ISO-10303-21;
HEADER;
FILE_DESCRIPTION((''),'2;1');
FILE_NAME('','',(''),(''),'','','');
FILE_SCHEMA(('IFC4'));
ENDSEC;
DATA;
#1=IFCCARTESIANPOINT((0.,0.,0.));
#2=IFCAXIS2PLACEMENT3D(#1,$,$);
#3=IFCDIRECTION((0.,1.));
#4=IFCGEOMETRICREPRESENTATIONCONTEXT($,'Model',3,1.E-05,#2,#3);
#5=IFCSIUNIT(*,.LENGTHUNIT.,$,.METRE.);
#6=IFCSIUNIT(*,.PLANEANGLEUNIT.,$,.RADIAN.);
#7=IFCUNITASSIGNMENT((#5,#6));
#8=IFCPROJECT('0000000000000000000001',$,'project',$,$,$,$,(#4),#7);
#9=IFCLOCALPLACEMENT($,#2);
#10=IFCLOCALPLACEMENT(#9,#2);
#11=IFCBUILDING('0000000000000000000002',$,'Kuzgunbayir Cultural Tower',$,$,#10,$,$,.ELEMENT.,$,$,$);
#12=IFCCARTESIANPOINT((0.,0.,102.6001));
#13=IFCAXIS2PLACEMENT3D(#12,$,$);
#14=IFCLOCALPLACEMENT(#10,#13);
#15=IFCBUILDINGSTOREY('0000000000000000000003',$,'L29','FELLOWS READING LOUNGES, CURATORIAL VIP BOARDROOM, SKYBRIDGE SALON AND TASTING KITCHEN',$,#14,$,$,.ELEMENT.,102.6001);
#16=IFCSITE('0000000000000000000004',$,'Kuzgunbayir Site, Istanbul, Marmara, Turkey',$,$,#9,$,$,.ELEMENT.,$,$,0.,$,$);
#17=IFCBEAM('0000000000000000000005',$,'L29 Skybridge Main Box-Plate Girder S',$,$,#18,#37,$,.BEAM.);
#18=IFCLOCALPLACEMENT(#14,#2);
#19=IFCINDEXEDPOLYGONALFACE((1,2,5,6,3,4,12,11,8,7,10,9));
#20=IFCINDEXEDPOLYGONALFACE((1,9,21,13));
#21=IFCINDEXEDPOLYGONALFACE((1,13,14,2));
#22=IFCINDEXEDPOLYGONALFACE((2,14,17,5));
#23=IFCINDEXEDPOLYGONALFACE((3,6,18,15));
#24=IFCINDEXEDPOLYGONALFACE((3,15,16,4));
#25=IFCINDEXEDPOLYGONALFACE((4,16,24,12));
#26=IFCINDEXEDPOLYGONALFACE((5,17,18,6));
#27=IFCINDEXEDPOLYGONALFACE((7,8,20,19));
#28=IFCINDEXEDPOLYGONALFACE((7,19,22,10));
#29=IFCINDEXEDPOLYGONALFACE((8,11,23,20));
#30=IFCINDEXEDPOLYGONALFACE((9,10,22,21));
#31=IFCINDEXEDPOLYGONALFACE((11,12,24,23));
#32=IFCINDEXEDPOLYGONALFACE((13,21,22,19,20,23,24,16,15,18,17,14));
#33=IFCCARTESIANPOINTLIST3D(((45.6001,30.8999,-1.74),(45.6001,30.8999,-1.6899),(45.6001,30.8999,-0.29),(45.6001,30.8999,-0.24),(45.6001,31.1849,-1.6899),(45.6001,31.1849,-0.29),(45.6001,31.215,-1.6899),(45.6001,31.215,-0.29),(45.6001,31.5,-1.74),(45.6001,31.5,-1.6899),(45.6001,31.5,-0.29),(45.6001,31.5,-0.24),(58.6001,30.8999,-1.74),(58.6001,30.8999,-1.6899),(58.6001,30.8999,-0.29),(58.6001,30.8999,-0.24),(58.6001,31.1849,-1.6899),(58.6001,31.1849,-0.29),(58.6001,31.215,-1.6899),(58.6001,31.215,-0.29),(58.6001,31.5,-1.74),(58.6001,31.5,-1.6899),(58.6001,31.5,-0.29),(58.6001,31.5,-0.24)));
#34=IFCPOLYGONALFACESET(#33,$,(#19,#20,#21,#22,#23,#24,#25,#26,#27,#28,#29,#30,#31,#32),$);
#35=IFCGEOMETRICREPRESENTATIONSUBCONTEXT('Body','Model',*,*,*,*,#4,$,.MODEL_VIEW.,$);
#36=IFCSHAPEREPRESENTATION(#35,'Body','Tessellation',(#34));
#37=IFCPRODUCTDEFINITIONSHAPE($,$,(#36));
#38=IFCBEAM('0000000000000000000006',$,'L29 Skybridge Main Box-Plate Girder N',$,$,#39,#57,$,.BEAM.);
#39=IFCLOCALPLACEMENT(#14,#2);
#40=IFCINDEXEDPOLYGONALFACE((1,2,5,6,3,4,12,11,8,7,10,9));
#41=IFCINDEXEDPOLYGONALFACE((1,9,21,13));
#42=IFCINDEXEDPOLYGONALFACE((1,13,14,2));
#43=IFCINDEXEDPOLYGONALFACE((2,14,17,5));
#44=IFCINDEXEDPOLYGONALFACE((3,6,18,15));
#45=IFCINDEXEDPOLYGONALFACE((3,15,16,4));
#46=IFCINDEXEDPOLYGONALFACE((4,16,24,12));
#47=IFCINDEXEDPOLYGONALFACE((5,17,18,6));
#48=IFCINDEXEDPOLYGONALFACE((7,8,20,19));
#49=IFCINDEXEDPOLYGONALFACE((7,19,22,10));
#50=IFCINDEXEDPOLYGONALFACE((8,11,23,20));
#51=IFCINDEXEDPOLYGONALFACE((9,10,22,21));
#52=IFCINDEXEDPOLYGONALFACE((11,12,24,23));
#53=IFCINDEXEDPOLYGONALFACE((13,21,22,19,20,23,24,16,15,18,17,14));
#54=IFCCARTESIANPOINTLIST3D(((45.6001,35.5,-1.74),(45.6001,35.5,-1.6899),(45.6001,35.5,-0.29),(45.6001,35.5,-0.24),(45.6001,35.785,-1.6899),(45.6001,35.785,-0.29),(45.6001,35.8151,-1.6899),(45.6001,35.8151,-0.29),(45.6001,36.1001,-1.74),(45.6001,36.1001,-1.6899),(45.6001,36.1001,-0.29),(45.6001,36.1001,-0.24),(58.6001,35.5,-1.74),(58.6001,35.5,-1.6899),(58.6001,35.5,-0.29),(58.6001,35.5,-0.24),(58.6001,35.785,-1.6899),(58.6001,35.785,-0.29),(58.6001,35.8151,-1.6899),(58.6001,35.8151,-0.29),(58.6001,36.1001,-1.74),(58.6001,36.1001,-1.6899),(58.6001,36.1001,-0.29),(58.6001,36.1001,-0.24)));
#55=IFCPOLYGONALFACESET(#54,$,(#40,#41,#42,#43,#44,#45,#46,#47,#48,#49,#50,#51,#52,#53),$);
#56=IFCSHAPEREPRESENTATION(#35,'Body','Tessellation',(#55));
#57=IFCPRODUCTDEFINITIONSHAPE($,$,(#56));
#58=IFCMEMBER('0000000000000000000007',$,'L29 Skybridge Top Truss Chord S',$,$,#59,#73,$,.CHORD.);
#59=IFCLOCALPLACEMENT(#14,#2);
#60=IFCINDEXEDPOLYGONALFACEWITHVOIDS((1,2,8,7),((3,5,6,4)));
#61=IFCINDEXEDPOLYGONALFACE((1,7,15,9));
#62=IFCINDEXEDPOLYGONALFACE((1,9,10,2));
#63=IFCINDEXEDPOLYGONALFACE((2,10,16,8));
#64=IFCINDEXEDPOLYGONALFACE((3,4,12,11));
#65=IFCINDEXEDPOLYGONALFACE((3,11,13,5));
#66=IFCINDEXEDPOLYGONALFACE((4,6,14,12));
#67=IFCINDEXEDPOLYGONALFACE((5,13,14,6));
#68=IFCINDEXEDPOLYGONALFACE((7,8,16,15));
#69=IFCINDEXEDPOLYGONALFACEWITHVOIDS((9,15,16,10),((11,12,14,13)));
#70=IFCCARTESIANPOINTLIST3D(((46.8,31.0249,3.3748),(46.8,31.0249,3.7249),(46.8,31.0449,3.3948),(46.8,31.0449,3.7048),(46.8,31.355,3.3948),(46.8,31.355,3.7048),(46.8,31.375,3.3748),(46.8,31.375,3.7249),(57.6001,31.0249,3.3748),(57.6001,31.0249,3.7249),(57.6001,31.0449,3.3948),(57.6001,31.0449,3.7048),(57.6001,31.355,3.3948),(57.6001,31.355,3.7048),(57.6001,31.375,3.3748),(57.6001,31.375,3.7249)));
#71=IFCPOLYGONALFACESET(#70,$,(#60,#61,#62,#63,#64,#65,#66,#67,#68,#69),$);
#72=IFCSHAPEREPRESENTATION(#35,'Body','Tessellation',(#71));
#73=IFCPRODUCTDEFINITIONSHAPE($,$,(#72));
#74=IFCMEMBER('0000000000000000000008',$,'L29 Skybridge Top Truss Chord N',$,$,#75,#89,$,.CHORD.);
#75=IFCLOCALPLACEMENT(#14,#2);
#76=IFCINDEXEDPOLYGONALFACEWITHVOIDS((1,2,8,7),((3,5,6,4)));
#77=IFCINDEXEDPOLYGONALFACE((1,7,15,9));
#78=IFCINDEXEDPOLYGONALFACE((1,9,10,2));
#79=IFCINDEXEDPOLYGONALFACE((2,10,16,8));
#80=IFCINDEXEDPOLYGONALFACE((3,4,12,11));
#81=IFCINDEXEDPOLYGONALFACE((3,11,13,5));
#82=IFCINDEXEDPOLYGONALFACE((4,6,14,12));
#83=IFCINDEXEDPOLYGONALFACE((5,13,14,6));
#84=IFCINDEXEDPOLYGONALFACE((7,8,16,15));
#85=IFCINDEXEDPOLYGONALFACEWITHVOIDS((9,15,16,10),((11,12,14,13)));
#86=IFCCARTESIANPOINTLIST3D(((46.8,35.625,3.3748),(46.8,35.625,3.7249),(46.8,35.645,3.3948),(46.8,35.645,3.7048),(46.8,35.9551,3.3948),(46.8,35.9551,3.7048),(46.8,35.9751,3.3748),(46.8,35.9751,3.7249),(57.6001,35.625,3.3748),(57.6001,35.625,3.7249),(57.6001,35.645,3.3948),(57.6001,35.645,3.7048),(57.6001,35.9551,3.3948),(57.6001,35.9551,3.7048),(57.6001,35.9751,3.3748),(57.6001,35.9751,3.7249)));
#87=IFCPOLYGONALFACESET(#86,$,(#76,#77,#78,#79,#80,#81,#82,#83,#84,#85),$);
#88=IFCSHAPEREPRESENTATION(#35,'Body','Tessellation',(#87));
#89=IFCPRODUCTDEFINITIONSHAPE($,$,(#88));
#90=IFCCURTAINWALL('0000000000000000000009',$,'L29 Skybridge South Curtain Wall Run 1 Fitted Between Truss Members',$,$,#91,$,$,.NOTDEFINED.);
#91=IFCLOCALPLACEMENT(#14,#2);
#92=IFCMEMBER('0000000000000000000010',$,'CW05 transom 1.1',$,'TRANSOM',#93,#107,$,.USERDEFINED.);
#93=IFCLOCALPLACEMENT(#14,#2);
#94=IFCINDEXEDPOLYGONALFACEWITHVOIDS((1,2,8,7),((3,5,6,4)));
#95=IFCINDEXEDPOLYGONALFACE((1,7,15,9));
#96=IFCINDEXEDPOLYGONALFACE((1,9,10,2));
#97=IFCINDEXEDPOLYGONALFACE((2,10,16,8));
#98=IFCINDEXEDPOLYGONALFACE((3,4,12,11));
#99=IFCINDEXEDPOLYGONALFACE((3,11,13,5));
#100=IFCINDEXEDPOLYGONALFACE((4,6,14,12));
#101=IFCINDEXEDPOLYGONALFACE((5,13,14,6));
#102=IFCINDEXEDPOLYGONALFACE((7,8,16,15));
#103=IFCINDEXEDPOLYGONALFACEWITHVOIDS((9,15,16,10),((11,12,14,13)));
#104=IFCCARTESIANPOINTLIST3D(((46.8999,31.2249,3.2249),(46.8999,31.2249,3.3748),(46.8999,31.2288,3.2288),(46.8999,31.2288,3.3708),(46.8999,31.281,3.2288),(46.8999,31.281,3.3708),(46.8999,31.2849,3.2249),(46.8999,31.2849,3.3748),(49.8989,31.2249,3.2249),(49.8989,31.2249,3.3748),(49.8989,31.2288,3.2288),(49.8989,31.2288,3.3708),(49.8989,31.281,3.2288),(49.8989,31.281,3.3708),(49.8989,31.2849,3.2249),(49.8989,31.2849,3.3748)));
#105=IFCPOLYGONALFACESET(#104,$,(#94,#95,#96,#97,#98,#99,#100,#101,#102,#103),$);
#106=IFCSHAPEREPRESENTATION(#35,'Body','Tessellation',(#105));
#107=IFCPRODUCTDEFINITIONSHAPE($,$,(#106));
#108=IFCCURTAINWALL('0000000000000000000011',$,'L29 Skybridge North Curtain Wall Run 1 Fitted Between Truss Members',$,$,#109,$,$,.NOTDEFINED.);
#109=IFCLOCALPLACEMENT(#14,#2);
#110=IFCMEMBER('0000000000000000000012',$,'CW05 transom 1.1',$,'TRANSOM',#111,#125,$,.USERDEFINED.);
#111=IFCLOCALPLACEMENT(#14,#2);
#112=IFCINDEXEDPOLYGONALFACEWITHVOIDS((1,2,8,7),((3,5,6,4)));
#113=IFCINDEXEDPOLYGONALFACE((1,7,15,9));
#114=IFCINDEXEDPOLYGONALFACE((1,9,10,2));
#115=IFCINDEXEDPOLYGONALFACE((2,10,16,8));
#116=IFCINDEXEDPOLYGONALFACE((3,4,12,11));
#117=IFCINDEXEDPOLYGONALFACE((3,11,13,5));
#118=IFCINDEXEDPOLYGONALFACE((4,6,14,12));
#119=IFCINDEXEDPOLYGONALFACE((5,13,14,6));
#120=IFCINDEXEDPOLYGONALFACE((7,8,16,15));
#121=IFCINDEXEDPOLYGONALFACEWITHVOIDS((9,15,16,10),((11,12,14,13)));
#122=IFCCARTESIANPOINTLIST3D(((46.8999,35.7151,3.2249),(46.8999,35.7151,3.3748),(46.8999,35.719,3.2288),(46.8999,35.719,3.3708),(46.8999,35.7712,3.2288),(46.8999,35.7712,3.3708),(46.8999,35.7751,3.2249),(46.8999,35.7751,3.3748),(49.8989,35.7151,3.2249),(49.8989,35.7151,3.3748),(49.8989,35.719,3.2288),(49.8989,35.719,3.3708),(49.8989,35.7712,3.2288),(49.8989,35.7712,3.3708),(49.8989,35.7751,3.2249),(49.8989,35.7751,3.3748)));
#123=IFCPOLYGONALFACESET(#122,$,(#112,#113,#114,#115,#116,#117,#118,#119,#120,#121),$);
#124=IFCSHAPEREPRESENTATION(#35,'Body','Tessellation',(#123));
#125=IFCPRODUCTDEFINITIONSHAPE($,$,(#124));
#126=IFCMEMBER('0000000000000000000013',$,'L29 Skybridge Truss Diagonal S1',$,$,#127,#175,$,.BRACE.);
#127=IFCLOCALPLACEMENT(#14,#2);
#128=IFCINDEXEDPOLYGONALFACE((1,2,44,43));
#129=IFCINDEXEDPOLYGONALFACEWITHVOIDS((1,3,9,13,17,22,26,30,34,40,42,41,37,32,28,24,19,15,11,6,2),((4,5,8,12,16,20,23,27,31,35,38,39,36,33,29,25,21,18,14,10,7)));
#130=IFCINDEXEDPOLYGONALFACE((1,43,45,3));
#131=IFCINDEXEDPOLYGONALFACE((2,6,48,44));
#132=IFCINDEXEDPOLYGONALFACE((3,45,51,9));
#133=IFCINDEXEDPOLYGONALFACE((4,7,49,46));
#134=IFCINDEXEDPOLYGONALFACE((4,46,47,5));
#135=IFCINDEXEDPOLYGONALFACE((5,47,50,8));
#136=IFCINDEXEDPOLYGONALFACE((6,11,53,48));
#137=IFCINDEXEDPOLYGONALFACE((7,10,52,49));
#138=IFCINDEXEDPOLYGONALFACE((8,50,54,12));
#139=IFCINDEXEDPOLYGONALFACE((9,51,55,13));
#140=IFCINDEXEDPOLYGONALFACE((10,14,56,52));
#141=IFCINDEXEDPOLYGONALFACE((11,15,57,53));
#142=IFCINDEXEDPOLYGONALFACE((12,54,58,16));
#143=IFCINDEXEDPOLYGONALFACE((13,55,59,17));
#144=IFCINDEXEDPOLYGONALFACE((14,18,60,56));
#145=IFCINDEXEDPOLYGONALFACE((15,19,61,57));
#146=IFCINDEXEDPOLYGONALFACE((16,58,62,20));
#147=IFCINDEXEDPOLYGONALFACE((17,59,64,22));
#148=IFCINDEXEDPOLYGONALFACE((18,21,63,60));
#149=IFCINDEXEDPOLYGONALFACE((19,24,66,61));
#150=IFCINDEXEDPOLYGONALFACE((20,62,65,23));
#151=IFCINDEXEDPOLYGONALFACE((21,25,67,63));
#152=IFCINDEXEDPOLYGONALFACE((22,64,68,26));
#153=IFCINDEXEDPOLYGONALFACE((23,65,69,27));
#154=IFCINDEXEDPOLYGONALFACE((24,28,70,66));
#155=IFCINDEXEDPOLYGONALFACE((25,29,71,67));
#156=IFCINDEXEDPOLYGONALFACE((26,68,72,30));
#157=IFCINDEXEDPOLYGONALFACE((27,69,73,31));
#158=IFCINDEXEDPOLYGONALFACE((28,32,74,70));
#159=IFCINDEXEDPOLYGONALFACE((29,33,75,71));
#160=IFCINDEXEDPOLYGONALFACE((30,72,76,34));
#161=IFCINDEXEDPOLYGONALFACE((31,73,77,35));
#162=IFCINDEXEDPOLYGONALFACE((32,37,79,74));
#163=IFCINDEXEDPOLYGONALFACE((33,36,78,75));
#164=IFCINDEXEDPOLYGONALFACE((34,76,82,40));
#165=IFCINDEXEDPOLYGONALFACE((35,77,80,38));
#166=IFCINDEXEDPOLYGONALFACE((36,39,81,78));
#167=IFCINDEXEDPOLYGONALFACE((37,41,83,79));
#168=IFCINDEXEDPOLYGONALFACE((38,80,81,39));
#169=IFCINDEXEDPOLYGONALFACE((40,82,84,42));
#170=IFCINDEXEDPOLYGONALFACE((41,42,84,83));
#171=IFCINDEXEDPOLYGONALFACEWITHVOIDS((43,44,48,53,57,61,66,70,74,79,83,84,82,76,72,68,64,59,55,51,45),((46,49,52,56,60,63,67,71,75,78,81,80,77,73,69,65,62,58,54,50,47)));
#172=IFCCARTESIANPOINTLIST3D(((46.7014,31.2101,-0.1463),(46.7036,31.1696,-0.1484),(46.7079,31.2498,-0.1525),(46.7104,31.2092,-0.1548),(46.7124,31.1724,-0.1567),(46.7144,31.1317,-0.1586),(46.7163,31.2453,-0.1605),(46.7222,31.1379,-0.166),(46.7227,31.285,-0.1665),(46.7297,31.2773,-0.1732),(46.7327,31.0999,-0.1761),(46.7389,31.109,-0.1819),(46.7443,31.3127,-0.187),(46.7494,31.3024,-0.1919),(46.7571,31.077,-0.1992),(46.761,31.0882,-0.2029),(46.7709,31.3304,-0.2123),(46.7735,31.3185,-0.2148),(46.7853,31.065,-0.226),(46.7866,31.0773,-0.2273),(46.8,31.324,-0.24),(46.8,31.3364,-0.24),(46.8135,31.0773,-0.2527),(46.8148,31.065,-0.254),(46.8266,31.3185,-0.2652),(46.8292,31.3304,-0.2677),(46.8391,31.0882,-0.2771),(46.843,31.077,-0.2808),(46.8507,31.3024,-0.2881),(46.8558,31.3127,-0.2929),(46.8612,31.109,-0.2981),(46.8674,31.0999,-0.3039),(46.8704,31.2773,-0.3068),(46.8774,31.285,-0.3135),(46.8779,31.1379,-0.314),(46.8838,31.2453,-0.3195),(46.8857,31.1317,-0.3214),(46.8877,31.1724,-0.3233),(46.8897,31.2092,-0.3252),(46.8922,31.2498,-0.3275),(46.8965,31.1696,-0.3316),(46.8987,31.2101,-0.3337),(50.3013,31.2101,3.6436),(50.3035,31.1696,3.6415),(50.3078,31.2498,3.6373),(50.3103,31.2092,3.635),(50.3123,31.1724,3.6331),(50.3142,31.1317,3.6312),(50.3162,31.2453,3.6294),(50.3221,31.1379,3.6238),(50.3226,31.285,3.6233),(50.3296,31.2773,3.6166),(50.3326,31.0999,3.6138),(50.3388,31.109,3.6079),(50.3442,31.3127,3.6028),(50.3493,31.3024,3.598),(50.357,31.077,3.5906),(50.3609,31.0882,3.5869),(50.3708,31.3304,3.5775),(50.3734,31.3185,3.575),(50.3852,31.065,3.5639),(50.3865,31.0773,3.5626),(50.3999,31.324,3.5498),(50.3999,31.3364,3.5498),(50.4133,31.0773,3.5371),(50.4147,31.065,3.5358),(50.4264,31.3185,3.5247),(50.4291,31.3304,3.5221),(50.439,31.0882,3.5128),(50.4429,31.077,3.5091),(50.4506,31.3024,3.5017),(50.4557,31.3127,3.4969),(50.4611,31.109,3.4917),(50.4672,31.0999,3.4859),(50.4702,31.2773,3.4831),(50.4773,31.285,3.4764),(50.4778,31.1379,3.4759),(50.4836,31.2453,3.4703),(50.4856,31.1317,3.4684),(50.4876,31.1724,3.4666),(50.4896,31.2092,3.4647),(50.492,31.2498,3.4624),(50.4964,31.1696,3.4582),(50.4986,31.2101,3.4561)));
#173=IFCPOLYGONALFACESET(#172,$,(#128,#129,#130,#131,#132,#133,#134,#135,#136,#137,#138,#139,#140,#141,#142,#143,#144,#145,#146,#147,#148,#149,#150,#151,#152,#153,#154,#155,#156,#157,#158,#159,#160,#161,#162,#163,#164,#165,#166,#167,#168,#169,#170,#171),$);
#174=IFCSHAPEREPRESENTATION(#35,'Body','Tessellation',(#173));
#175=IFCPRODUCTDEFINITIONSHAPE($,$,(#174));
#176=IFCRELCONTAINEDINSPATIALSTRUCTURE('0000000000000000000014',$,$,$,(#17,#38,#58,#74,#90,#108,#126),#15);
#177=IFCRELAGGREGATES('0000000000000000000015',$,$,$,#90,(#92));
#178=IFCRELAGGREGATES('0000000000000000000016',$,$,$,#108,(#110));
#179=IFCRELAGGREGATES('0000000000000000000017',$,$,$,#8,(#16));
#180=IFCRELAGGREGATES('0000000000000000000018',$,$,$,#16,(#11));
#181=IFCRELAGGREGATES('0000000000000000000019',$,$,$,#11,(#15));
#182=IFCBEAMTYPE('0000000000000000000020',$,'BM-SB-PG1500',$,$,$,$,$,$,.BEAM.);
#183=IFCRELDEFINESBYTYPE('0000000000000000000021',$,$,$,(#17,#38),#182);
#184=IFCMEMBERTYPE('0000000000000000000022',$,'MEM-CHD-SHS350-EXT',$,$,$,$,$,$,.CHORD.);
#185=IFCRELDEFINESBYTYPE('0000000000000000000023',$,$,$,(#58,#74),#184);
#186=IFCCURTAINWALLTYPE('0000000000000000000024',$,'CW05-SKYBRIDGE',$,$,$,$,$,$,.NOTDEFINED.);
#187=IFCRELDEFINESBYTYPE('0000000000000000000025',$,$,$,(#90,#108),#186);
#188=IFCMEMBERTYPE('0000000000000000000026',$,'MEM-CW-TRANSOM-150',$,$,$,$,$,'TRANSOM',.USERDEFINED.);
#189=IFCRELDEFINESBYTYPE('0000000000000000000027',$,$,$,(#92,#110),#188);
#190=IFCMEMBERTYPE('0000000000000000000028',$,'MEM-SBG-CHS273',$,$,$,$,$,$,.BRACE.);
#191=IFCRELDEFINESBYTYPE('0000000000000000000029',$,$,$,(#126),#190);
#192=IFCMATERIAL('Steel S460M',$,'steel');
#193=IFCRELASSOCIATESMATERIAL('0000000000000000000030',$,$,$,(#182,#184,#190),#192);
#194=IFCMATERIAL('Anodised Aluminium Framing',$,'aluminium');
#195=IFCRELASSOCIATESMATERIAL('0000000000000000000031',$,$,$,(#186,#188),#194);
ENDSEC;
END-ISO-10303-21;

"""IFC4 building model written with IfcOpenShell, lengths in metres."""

from ifc_helpers import new_model, si_unit, direction, frame, origin, origin_2d, place, context, subcontext, project, spatial, hollow_rectangle, hollow_circle, i_section, extrude, material, material_profile, profile_set, type_object, element, aggregate, save


model = new_model("IFC4")

# Units and contexts
model_context = context("Model", 3, precision=1e-05, world=origin(), true_north=direction((0.0, 1.0)))
body_context = subcontext(model_context, "Body", "Model", "MODEL_VIEW")
ifc_project = project(units=[si_unit("LENGTHUNIT", "METRE"), si_unit("PLANEANGLEUNIT", "RADIAN")], contexts=[model_context])

# Site, building, storey
site_placement = place(None, origin())
site = spatial("IfcSite", under=ifc_project, at=site_placement, Name="Kuzgunbayir Site, Istanbul, Marmara, Turkey", CompositionType="ELEMENT", RefElevation=0.0)
building_placement = place(site_placement, origin())
building = spatial("IfcBuilding", under=site, at=building_placement, Name="Kuzgunbayir Cultural Tower", CompositionType="ELEMENT")
storey_placement = place(building_placement, frame((0.0, 0.0, 102.6001)))
storey = spatial("IfcBuildingStorey", under=building, at=storey_placement, Name="L29", Description="FELLOWS READING LOUNGES, CURATORIAL VIP BOARDROOM, SKYBRIDGE SALON AND TASTING KITCHEN", CompositionType="ELEMENT", Elevation=102.6001)

# Beams
ifc_material_1 = material(Name="Steel S460M", Category="steel")
ifc_material_profile_1 = material_profile(ifc_material_1, i_section(OverallWidth=0.6001, OverallDepth=1.5, WebThickness=0.03, FlangeThickness=0.05, at=origin_2d()), Name="PG 1500x600x30x50")
ifc_profile_set_1 = profile_set([ifc_material_profile_1], Name="Steel S460M")
beam_type_1 = type_object("IfcBeamType", Name="BM-SB-PG1500", PredefinedType="BEAM", material=ifc_profile_set_1)
for number, where, z_axis, x_axis, name in (
    (1, (45.6001, 31.2, -0.99), (1.0, 0.0, 0.0), (0.0, 1.0, 0.0), "L29 Skybridge Main Box-Plate Girder S"),
    (2, (45.6001, 35.8, -0.99), (1.0, 0.0, 0.0), (0.0, 1.0, 0.0), "L29 Skybridge Main Box-Plate Girder N"),
):
    element("IfcBeam", number, at=place(storey_placement, frame(where, z_axis=z_axis, x_axis=x_axis)), inside=storey, type_object=beam_type_1, Name=name, PredefinedType="BEAM", context=body_context, shape_type="SweptSolid", body=[
        extrude(i_section(OverallWidth=0.6001, OverallDepth=1.5, WebThickness=0.03, FlangeThickness=0.05, at=origin_2d()), origin(), (0.0, 0.0, 1.0), 13.0),
    ])

# Members
ifc_material_profile_2 = material_profile(ifc_material_1, hollow_rectangle(XDim=0.3501, YDim=0.3501, WallThickness=0.02, at=origin_2d()), Name="SHS 350x350x20")
ifc_profile_set_2 = profile_set([ifc_material_profile_2], Name="Steel S460M")
member_type_1 = type_object("IfcMemberType", Name="MEM-CHD-SHS350-EXT", PredefinedType="CHORD", material=ifc_profile_set_2)
for number, where, z_axis, x_axis, name in (
    (3, (46.8, 31.2, 3.5498), (1.0, 0.0, 0.0), (0.0, 1.0, 0.0), "L29 Skybridge Top Truss Chord S"),
    (4, (46.8, 35.8, 3.5498), (1.0, 0.0, 0.0), (0.0, 1.0, 0.0), "L29 Skybridge Top Truss Chord N"),
):
    element("IfcMember", number, at=place(storey_placement, frame(where, z_axis=z_axis, x_axis=x_axis)), inside=storey, type_object=member_type_1, Name=name, PredefinedType="CHORD", context=body_context, shape_type="SweptSolid", body=[
        extrude(hollow_rectangle(XDim=0.3501, YDim=0.3501, WallThickness=0.02, at=origin_2d()), origin(), (0.0, 0.0, 1.0), 10.8),
    ])

# Curtain walls, members
ifc_material_2 = material(Name="Anodised Aluminium Framing", Category="aluminium")
curtain_wall_type = type_object("IfcCurtainWallType", Name="CW05-SKYBRIDGE", PredefinedType="NOTDEFINED", material=ifc_material_2)
curtain_wall_1_placement = place(storey_placement, origin())
curtain_wall_1 = element("IfcCurtainWall", 5, at=curtain_wall_1_placement, inside=storey, type_object=curtain_wall_type, Name="L29 Skybridge South Curtain Wall Run 1 Fitted Between Truss Members", PredefinedType="NOTDEFINED")
ifc_material_profile_3 = material_profile(ifc_material_2, hollow_rectangle(XDim=0.0601, YDim=0.1499, WallThickness=0.0039, at=origin_2d()), Name="RHS 150x60x4")
ifc_profile_set_3 = profile_set([ifc_material_profile_3], Name="Anodised Aluminium Framing")
member_type_2 = type_object("IfcMemberType", Name="MEM-CW-TRANSOM-150", ElementType="TRANSOM", PredefinedType="USERDEFINED", material=ifc_profile_set_3)
member_1_placement = place(storey_placement, frame((46.8999, 31.2549, 3.2998), z_axis=(1.0, 0.0, 0.0), x_axis=(0.0, 1.0, 0.0)))
member_1 = element("IfcMember", 6, at=member_1_placement, type_object=member_type_2, Name="CW05 transom 1.1", ObjectType="TRANSOM", PredefinedType="USERDEFINED", context=body_context, shape_type="SweptSolid", body=[
    extrude(hollow_rectangle(XDim=0.0601, YDim=0.1499, WallThickness=0.0039, at=origin_2d()), origin(), (0.0, 0.0, 1.0), 2.999),
])
aggregate(curtain_wall_1, [member_1])
curtain_wall_2_placement = place(storey_placement, origin())
curtain_wall_2 = element("IfcCurtainWall", 7, at=curtain_wall_2_placement, inside=storey, type_object=curtain_wall_type, Name="L29 Skybridge North Curtain Wall Run 1 Fitted Between Truss Members", PredefinedType="NOTDEFINED")
member_2_placement = place(storey_placement, frame((46.8999, 35.7451, 3.2998), z_axis=(1.0, 0.0, 0.0), x_axis=(0.0, 1.0, 0.0)))
member_2 = element("IfcMember", 8, at=member_2_placement, type_object=member_type_2, Name="CW05 transom 1.1", ObjectType="TRANSOM", PredefinedType="USERDEFINED", context=body_context, shape_type="SweptSolid", body=[
    extrude(hollow_rectangle(XDim=0.0601, YDim=0.1499, WallThickness=0.0039, at=origin_2d()), origin(), (0.0, 0.0, 1.0), 2.999),
])
aggregate(curtain_wall_2, [member_2])

# Member
ifc_material_profile_4 = material_profile(ifc_material_1, hollow_circle(Radius=0.1365, WallThickness=0.0125, at=origin_2d()), Name="CHS 273x12.5")
ifc_profile_set_4 = profile_set([ifc_material_profile_4], Name="Steel S460M")
member_type_3 = type_object("IfcMemberType", Name="MEM-SBG-CHS273", PredefinedType="BRACE", material=ifc_profile_set_4)
for number, where, z_axis, x_axis, name in (
    (9, (46.8, 31.2, -0.24), (0.688704, 0.0, 0.725043), (0.0, 1.0, 0.0), "L29 Skybridge Truss Diagonal S1"),
):
    element("IfcMember", number, at=place(storey_placement, frame(where, z_axis=z_axis, x_axis=x_axis)), inside=storey, type_object=member_type_3, Name=name, PredefinedType="BRACE", context=body_context, shape_type="SweptSolid", body=[
        extrude(hollow_circle(Radius=0.1365, WallThickness=0.0125, at=origin_2d()), origin(), (0.0, 0.0, 1.0), 5.2271),
    ])

save(model, "model.ifc")
